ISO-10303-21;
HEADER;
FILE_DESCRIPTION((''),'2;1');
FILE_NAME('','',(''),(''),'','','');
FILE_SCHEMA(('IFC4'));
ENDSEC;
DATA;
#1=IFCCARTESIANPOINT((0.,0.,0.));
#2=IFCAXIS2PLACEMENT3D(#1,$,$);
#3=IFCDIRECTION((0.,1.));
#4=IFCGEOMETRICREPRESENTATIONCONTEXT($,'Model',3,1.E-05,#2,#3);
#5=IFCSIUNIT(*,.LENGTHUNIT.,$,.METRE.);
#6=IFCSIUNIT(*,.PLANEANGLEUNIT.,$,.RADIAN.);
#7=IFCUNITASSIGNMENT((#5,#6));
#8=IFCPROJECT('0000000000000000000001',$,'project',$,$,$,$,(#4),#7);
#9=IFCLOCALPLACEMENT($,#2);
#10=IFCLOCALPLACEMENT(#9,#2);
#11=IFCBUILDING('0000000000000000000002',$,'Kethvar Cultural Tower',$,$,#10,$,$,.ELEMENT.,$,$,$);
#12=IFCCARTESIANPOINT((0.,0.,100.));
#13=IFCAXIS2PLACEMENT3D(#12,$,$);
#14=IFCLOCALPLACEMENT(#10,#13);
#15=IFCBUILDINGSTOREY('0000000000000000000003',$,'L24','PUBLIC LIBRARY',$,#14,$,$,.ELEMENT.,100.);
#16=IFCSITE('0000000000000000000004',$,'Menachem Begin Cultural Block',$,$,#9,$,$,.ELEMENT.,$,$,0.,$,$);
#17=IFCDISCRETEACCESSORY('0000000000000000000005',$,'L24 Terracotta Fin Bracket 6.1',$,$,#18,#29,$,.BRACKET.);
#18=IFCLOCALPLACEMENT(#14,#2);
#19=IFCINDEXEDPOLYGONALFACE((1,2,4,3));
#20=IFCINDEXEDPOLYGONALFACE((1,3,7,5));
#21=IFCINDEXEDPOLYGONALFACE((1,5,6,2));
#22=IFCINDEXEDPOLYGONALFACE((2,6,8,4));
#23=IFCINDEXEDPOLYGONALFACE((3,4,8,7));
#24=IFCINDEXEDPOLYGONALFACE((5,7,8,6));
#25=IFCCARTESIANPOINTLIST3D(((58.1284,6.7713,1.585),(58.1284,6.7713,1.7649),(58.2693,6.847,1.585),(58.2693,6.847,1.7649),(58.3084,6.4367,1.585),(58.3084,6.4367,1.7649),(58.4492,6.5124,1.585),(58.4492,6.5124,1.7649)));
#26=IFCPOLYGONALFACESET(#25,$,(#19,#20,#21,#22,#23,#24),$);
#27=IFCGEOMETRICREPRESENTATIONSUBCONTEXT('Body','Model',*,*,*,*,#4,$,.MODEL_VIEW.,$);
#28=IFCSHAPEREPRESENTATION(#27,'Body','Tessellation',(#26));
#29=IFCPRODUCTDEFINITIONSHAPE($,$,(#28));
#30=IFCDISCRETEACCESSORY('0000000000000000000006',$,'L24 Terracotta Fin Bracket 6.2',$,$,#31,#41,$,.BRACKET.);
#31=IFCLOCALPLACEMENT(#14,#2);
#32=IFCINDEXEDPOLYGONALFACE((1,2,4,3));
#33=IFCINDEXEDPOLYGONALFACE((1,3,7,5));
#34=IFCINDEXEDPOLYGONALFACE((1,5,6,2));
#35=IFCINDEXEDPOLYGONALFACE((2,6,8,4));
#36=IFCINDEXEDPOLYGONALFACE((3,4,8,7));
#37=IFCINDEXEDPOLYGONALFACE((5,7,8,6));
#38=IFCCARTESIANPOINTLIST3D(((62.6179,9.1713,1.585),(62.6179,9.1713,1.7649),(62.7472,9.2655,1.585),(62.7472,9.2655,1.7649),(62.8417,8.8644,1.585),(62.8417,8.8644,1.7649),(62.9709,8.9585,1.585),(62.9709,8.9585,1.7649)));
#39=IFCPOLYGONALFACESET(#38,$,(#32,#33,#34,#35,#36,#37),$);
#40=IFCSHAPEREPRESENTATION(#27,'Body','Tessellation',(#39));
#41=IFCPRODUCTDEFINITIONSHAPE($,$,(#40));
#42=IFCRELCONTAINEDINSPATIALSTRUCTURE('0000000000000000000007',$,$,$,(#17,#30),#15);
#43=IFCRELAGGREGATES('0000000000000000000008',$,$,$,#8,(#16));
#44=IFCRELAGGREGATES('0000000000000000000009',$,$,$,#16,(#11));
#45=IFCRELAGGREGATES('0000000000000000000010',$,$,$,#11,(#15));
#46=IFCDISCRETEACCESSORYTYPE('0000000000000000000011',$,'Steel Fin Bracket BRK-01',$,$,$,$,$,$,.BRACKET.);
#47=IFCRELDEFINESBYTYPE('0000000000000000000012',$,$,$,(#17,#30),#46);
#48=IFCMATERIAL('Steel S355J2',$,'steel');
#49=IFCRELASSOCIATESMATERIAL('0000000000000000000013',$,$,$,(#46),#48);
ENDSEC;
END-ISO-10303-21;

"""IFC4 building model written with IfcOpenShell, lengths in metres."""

from ifc_helpers import new_model, si_unit, direction, frame, origin, origin_2d, place, context, subcontext, project, spatial, rectangle, extrude, source, transform, mapped, material, type_object, element, save


model = new_model("IFC4")

# Units and contexts
model_context = context("Model", 3, precision=1e-05, world=origin(), true_north=direction((0.0, 1.0)))
body_context = subcontext(model_context, "Body", "Model", "MODEL_VIEW")
ifc_project = project(units=[si_unit("LENGTHUNIT", "METRE"), si_unit("PLANEANGLEUNIT", "RADIAN")], contexts=[model_context])

# Site, building, storey
site_placement = place(None, origin())
site = spatial("IfcSite", under=ifc_project, at=site_placement, Name="Menachem Begin Cultural Block", CompositionType="ELEMENT", RefElevation=0.0)
building_placement = place(site_placement, origin())
building = spatial("IfcBuilding", under=site, at=building_placement, Name="Kethvar Cultural Tower", CompositionType="ELEMENT")
storey_placement = place(building_placement, frame((0.0, 0.0, 100.0)))
storey = spatial("IfcBuildingStorey", under=building, at=storey_placement, Name="L24", Description="PUBLIC LIBRARY", CompositionType="ELEMENT", Elevation=100.0)

# Shared definitions
ifc_material_1 = material(Name="Steel S355J2", Category="steel")

# Discrete accessories
discrete_accessory_type = type_object("IfcDiscreteAccessoryType", Name="Steel Fin Bracket BRK-01", PredefinedType="BRACKET", material=ifc_material_1)
shared_shape_1 = source(origin(), body_context, "Body", "SweptSolid", [
    extrude(rectangle(XDim=0.3799, YDim=0.1599, at=origin_2d()), origin(), (0.0, 0.0, 1.0), 0.1799),
])
for number, where, z_axis, x_axis, name in (
    (1, (58.2888, 6.6418, 1.585), (0.0, 0.0, 1.0), (0.473627, -0.880725, 0.0), "L24 Terracotta Fin Bracket 6.1"),
    (2, (62.7944, 9.0649, 1.585), (0.0, 0.0, 1.0), (0.589055, -0.808093, 0.0), "L24 Terracotta Fin Bracket 6.2"),
):
    element("IfcDiscreteAccessory", number, at=place(storey_placement, frame(where, z_axis=z_axis, x_axis=x_axis)), inside=storey, type_object=discrete_accessory_type, Name=name, PredefinedType="BRACKET", context=body_context, shape_type="MappedRepresentation", body=[
        mapped(shared_shape_1, transform((0.0, 0.0, 0.0), scale=1.0)),
    ])

save(model, "model.ifc")
